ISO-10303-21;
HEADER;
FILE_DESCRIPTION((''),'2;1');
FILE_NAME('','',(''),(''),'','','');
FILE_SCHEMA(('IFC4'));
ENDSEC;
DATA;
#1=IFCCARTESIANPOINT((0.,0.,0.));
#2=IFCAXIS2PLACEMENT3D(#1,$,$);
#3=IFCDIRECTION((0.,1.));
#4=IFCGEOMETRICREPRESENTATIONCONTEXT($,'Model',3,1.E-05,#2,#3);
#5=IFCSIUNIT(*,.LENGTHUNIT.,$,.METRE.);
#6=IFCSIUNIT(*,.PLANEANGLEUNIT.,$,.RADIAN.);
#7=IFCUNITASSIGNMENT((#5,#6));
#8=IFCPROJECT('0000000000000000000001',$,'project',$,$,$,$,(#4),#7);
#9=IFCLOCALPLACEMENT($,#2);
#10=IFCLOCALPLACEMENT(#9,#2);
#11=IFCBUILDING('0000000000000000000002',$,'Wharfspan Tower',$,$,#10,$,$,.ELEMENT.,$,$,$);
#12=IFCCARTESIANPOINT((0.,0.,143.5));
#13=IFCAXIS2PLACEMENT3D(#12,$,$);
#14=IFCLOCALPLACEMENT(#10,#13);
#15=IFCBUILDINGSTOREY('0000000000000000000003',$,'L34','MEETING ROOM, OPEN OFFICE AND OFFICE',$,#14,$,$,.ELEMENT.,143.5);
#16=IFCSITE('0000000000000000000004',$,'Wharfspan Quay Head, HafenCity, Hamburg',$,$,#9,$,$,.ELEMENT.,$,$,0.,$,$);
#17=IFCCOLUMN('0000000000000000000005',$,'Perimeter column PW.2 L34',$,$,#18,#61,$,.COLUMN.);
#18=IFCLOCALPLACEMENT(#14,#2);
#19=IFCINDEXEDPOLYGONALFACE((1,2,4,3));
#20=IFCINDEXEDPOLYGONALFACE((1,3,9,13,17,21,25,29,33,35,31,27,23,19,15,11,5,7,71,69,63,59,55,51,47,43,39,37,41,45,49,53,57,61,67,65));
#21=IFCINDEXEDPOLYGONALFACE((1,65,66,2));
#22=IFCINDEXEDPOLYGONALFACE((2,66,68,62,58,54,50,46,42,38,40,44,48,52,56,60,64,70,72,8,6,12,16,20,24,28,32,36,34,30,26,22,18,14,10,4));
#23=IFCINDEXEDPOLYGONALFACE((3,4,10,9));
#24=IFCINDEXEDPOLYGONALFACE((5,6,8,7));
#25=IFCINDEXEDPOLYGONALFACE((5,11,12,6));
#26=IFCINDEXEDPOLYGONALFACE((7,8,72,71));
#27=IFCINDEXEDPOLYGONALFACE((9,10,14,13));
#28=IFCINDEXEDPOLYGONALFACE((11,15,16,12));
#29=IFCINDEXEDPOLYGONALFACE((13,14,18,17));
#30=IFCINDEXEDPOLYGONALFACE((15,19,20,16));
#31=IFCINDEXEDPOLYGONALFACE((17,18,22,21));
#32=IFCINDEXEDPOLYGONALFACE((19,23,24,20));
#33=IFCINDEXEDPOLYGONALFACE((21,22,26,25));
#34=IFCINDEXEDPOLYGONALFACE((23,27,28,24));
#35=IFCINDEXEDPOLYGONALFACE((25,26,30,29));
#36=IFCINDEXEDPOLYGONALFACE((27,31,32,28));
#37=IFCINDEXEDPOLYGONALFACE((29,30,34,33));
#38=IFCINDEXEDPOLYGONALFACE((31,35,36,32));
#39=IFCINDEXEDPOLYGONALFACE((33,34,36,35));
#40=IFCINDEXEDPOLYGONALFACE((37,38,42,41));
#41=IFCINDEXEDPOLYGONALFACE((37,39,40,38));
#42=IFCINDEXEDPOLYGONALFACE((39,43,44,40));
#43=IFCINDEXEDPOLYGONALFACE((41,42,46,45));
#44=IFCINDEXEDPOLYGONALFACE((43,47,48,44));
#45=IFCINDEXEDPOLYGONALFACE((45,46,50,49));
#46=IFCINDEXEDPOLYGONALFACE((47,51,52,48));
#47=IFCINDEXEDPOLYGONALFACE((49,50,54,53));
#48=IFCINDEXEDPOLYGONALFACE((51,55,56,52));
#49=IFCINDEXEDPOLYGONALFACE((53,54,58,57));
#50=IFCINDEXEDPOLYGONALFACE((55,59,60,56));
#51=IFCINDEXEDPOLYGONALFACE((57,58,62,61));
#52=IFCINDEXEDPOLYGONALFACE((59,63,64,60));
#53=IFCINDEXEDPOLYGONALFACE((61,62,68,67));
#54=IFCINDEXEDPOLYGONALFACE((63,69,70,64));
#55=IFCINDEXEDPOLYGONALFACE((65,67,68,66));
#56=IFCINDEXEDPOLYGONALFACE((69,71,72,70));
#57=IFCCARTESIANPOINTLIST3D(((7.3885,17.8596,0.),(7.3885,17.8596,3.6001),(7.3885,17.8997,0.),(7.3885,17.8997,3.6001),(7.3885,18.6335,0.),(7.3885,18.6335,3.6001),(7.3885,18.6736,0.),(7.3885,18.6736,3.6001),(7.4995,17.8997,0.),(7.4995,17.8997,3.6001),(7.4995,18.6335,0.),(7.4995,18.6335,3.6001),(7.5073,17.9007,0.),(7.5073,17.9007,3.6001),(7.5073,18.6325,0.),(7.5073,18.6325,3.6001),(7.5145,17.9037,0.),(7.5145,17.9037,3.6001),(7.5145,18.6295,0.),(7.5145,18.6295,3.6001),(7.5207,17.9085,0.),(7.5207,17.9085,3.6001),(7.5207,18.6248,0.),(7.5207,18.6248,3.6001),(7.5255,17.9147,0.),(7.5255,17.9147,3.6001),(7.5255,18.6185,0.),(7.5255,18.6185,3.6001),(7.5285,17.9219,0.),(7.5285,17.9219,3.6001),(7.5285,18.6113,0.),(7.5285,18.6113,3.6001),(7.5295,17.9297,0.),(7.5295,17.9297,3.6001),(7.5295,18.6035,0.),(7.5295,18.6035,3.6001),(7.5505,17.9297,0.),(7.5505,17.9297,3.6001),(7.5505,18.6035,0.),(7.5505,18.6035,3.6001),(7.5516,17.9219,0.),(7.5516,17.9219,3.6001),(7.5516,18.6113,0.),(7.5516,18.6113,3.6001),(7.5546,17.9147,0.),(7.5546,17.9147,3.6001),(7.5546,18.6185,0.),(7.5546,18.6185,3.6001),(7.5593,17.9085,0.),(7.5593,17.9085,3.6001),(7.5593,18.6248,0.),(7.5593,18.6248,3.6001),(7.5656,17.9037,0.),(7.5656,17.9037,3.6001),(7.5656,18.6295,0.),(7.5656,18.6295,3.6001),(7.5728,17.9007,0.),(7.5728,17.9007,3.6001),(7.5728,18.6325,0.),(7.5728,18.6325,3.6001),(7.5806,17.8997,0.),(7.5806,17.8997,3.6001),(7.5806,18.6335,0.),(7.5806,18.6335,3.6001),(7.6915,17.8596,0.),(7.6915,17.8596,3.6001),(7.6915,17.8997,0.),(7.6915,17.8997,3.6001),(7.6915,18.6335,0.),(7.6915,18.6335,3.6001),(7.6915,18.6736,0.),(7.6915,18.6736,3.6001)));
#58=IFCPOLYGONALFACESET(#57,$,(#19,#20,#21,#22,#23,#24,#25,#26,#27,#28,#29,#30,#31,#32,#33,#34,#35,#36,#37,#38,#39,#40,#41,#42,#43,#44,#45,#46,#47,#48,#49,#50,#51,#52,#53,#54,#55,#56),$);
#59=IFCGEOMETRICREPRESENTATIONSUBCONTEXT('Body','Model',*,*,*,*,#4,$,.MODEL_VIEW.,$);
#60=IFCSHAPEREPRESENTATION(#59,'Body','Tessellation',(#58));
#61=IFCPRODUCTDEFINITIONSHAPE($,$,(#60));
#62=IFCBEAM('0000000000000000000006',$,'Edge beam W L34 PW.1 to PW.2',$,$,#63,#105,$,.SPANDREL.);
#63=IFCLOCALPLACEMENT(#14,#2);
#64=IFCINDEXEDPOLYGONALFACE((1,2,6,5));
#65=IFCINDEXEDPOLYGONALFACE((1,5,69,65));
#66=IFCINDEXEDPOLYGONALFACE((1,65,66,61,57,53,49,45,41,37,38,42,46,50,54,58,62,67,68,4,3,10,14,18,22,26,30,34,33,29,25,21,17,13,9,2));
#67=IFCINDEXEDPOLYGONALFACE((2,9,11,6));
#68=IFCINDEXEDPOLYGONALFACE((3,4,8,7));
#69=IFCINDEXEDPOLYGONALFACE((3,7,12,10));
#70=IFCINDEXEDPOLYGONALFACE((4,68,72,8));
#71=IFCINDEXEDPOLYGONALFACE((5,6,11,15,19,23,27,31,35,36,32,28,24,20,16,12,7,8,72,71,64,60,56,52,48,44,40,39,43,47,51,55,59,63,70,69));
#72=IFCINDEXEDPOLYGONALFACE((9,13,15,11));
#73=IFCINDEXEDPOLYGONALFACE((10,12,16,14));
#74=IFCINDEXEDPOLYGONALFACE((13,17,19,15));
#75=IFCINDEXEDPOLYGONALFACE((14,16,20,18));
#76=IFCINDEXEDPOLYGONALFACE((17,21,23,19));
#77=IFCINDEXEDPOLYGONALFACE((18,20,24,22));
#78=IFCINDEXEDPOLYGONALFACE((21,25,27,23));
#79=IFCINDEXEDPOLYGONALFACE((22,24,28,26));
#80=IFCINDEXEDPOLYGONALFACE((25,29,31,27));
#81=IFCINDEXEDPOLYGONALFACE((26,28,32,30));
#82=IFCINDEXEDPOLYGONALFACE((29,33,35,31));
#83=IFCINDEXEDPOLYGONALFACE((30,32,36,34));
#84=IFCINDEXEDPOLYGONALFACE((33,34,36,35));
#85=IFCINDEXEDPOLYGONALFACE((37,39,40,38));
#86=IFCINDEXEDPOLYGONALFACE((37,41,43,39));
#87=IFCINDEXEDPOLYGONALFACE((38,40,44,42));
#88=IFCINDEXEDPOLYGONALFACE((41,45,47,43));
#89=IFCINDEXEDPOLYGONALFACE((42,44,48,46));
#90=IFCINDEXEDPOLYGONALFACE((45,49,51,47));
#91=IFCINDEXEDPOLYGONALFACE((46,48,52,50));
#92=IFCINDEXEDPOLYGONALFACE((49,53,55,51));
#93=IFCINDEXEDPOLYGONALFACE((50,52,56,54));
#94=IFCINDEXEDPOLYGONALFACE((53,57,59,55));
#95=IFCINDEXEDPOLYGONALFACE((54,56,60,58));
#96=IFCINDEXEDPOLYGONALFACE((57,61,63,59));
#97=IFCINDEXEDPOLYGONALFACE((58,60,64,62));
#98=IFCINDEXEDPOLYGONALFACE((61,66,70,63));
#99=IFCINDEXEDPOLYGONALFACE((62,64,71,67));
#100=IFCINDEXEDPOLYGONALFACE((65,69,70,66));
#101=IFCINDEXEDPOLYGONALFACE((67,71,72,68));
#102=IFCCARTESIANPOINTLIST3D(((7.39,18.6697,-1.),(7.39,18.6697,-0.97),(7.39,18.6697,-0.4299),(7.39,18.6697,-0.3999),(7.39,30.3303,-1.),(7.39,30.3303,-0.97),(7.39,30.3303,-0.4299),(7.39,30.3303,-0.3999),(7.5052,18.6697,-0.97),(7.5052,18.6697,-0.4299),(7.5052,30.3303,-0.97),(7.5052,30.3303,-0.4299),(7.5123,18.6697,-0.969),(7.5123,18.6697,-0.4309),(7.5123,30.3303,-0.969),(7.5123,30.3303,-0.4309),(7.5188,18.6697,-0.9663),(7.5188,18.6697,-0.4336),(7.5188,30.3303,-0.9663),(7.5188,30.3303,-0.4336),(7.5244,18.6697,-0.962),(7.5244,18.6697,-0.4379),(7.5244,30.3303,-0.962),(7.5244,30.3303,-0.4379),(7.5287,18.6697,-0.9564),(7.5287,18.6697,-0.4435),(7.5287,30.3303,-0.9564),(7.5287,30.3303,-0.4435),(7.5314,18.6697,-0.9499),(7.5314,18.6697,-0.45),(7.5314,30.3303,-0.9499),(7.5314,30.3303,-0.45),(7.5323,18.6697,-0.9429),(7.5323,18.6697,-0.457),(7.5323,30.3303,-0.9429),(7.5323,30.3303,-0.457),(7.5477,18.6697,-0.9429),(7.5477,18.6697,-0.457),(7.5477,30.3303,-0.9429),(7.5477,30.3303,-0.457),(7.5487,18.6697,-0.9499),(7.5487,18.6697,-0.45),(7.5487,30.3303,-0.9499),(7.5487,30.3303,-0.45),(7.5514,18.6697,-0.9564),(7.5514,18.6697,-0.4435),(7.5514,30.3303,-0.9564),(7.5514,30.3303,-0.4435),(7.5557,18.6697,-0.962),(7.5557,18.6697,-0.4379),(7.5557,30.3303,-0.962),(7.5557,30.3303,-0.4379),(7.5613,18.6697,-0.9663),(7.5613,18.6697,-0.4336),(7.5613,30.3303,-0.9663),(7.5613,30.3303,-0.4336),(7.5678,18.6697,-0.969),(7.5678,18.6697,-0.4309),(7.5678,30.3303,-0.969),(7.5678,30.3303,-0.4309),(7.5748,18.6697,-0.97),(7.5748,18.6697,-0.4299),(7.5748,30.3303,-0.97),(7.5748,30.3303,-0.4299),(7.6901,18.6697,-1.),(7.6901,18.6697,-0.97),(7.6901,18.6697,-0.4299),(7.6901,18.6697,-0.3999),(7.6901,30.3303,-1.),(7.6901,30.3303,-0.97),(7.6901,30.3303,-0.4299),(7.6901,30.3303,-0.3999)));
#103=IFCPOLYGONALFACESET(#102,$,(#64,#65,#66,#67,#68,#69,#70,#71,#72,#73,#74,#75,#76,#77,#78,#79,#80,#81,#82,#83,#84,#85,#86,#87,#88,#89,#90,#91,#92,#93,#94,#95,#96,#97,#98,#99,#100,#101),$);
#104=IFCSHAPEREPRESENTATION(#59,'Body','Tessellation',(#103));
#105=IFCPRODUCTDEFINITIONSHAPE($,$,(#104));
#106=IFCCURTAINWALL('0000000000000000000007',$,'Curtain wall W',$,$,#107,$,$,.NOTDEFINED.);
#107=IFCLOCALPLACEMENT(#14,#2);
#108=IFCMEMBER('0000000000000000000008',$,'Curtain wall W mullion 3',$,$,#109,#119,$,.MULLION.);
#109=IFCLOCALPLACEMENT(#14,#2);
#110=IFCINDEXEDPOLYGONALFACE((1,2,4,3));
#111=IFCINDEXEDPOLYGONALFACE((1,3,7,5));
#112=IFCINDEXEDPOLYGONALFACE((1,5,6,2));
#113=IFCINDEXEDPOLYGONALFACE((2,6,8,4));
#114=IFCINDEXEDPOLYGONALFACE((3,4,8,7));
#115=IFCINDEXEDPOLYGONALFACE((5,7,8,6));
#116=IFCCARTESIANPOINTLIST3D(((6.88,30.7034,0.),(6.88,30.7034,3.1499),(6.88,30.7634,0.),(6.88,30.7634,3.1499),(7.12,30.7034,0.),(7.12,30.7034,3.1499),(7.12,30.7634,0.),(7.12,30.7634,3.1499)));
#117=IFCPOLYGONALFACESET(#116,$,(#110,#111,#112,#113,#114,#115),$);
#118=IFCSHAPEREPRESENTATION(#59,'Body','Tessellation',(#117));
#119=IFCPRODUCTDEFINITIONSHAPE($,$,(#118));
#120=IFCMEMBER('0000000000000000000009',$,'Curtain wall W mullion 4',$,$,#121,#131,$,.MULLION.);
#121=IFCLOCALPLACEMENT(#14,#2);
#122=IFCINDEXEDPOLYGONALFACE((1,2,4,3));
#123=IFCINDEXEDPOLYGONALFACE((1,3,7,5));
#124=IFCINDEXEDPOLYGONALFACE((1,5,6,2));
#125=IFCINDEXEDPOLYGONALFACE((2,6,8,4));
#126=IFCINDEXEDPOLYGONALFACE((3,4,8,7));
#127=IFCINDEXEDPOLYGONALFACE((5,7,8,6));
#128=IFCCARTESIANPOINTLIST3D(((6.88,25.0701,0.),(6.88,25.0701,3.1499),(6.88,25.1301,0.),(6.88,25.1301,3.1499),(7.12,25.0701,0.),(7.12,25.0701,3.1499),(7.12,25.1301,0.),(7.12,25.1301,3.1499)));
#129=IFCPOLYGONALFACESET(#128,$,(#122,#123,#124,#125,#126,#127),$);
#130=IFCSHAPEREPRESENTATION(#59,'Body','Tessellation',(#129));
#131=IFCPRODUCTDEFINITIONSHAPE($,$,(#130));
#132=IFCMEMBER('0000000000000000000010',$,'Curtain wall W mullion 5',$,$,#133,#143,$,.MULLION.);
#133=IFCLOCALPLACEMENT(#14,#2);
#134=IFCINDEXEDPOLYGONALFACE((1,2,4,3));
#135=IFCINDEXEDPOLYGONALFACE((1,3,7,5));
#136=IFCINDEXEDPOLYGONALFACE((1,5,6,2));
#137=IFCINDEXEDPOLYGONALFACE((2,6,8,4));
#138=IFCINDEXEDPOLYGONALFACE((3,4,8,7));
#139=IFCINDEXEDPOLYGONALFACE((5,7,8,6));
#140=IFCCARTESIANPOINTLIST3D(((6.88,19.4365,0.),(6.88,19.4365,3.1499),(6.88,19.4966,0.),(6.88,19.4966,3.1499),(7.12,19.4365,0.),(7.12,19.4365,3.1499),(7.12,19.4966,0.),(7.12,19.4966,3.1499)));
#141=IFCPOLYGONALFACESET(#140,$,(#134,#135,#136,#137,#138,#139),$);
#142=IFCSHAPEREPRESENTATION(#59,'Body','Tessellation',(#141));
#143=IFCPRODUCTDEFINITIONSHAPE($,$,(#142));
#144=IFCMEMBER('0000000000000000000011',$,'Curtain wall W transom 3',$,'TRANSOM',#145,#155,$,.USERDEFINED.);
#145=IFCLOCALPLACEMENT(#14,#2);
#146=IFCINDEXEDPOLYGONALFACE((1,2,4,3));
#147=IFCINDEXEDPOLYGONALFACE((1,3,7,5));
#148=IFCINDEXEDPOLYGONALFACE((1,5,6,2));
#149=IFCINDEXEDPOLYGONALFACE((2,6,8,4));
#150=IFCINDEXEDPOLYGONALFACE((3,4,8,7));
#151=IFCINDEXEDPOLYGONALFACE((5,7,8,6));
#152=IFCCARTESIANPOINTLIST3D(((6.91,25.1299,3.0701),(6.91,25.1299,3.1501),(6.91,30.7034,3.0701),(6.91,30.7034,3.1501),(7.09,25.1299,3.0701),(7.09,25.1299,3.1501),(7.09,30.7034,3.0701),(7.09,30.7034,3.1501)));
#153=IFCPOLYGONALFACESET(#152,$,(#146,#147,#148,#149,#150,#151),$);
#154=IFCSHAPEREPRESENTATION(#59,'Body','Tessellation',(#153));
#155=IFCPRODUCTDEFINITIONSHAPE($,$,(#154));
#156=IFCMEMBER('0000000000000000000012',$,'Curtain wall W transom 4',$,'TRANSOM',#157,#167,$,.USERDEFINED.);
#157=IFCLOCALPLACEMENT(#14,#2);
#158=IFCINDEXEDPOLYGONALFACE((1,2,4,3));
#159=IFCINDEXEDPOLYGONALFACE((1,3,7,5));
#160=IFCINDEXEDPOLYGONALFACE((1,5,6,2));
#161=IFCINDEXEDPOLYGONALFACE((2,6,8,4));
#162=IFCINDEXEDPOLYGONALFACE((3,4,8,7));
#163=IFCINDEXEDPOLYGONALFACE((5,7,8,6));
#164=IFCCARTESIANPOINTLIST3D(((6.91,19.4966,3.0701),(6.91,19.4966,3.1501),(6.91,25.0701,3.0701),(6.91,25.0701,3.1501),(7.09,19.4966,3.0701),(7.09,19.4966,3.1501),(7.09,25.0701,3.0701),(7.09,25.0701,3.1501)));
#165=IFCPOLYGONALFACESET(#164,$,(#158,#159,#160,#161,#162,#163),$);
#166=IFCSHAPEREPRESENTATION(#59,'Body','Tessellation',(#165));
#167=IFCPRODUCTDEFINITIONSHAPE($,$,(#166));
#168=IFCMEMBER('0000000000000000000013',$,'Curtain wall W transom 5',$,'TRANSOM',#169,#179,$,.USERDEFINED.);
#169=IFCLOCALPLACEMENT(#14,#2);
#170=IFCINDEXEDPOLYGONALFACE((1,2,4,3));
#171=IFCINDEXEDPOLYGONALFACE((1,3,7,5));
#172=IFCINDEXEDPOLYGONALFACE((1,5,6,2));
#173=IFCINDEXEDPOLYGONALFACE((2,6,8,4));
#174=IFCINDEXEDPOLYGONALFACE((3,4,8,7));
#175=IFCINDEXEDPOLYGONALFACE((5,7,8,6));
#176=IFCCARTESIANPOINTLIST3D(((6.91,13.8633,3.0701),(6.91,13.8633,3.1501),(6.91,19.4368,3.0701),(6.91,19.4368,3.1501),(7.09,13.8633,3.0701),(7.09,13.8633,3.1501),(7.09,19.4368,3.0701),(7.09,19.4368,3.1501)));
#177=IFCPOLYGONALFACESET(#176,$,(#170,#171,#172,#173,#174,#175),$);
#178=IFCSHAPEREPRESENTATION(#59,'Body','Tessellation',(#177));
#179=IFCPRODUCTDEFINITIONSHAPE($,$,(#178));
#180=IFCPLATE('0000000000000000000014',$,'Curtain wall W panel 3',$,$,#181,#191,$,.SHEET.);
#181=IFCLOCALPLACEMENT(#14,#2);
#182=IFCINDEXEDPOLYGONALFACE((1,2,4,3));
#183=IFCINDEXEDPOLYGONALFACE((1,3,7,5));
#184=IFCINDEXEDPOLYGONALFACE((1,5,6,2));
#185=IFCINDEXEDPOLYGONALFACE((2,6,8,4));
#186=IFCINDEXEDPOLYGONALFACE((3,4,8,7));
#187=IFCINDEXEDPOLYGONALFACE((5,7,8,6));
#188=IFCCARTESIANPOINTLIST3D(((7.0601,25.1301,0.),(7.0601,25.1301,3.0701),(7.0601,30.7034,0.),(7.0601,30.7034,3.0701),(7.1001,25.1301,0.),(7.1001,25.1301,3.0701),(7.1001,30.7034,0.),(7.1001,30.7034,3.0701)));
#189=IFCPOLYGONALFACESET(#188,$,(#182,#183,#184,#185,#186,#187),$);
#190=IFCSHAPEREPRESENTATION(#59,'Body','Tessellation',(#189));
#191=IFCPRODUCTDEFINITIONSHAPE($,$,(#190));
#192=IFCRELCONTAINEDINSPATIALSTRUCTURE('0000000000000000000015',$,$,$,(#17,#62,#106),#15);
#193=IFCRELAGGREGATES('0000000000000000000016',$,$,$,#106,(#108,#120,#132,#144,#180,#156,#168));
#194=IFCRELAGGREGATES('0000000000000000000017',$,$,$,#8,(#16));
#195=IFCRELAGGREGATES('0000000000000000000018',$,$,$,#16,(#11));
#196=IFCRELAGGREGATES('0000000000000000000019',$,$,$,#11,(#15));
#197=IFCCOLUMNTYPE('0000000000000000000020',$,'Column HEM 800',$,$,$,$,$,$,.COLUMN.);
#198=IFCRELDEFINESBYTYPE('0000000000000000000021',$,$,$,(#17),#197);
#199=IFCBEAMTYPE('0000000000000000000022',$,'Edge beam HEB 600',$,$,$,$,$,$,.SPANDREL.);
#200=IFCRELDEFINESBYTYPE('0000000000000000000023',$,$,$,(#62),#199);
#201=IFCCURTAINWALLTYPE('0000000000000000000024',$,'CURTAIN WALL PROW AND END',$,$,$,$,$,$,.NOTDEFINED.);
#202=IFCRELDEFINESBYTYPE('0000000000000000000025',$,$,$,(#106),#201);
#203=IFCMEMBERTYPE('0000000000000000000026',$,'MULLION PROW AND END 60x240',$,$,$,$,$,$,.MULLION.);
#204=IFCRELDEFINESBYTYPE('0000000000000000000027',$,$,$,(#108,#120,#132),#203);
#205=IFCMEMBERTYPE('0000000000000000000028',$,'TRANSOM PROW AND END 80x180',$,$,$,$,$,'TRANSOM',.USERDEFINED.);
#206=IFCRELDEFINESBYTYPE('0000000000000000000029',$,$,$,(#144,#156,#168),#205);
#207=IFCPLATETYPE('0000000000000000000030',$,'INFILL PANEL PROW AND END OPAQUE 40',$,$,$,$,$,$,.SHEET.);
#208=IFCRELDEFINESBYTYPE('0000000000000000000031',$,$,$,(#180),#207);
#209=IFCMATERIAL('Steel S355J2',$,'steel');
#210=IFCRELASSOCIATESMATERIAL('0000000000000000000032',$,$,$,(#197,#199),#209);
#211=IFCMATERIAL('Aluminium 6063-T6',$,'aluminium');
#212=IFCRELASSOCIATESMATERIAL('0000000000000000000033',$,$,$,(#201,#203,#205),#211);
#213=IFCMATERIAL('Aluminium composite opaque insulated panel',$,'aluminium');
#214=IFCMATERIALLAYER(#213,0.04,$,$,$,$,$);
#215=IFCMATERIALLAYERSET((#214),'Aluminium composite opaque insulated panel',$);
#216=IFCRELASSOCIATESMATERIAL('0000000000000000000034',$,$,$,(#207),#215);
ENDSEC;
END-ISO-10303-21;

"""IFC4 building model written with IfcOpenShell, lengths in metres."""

from ifc_helpers import new_model, si_unit, direction, frame, origin, origin_2d, place, context, subcontext, project, spatial, rectangle, i_section, extrude, material, layer, layer_set, material_profile, profile_set, type_object, element, aggregate, save


model = new_model("IFC4")

# Units and contexts
model_context = context("Model", 3, precision=1e-05, world=origin(), true_north=direction((0.0, 1.0)))
body_context = subcontext(model_context, "Body", "Model", "MODEL_VIEW")
ifc_project = project(units=[si_unit("LENGTHUNIT", "METRE"), si_unit("PLANEANGLEUNIT", "RADIAN")], contexts=[model_context])

# Site, building, storey
site_placement = place(None, origin())
site = spatial("IfcSite", under=ifc_project, at=site_placement, Name="Wharfspan Quay Head, HafenCity, Hamburg", CompositionType="ELEMENT", RefElevation=0.0)
building_placement = place(site_placement, origin())
building = spatial("IfcBuilding", under=site, at=building_placement, Name="Wharfspan Tower", CompositionType="ELEMENT")
storey_placement = place(building_placement, frame((0.0, 0.0, 143.5)))
storey = spatial("IfcBuildingStorey", under=building, at=storey_placement, Name="L34", Description="MEETING ROOM, OPEN OFFICE AND OFFICE", CompositionType="ELEMENT", Elevation=143.5)

# Column
ifc_material_1 = material(Name="Steel S355J2", Category="steel")
ifc_material_profile_1 = material_profile(ifc_material_1, i_section(OverallWidth=0.303, OverallDepth=0.814, WebThickness=0.021, FlangeThickness=0.04, FilletRadius=0.03, at=origin_2d()))
ifc_profile_set_1 = profile_set([ifc_material_profile_1], Name="Steel S355J2")
column_type = type_object("IfcColumnType", Name="Column HEM 800", PredefinedType="COLUMN", material=ifc_profile_set_1)
column_placement = place(storey_placement, frame((7.54, 18.2666, 0.0), z_axis=(0.0, 0.0, 1.0), x_axis=(-1.0, 0.0, 0.0)))
element("IfcColumn", 1, at=column_placement, inside=storey, type_object=column_type, Name="Perimeter column PW.2 L34", PredefinedType="COLUMN", context=body_context, shape_type="SweptSolid", body=[
    extrude(i_section(OverallWidth=0.303, OverallDepth=0.814, WebThickness=0.021, FlangeThickness=0.04, FilletRadius=0.03, at=origin_2d()), origin(), (0.0, 0.0, 1.0), 3.6001),
])

# Beam
ifc_material_profile_2 = material_profile(ifc_material_1, i_section(OverallWidth=0.3, OverallDepth=0.6001, WebThickness=0.0154, FlangeThickness=0.03, FilletRadius=0.0271, at=origin_2d()))
ifc_profile_set_2 = profile_set([ifc_material_profile_2], Name="Steel S355J2")
beam_type = type_object("IfcBeamType", Name="Edge beam HEB 600", PredefinedType="SPANDREL", material=ifc_profile_set_2)
beam_placement = place(storey_placement, frame((7.54, 30.3303, -0.7), z_axis=(0.0, -1.0, 0.0), x_axis=(1.0, 0.0, 0.0)))
element("IfcBeam", 2, at=beam_placement, inside=storey, type_object=beam_type, Name="Edge beam W L34 PW.1 to PW.2", PredefinedType="SPANDREL", context=body_context, shape_type="SweptSolid", body=[
    extrude(i_section(OverallWidth=0.3, OverallDepth=0.6001, WebThickness=0.0154, FlangeThickness=0.03, FilletRadius=0.0271, at=origin_2d()), origin(), (0.0, 0.0, 1.0), 11.6606),
])

# Curtain wall, members, plate
ifc_material_2 = material(Name="Aluminium 6063-T6", Category="aluminium")
curtain_wall_type = type_object("IfcCurtainWallType", Name="CURTAIN WALL PROW AND END", PredefinedType="NOTDEFINED", material=ifc_material_2)
curtain_wall_placement = place(storey_placement, origin())
curtain_wall = element("IfcCurtainWall", 3, at=curtain_wall_placement, inside=storey, type_object=curtain_wall_type, Name="Curtain wall W", PredefinedType="NOTDEFINED")
ifc_material_profile_3 = material_profile(ifc_material_2, rectangle(XDim=0.24, YDim=0.0601, at=origin_2d()))
ifc_profile_set_3 = profile_set([ifc_material_profile_3], Name="Aluminium 6063-T6")
member_type_1 = type_object("IfcMemberType", Name="MULLION PROW AND END 60x240", PredefinedType="MULLION", material=ifc_profile_set_3)
member_1_placement = place(storey_placement, frame((7.0, 30.7334, 0.0), z_axis=(0.0, 0.0, 1.0), x_axis=(1.0, 0.0, 0.0)))
member_1 = element("IfcMember", 4, at=member_1_placement, type_object=member_type_1, Name="Curtain wall W mullion 3", PredefinedType="MULLION", context=body_context, shape_type="SweptSolid", body=[
    extrude(rectangle(XDim=0.24, YDim=0.0601, at=origin_2d()), origin(), (0.0, 0.0, 1.0), 3.1499),
])
member_2_placement = place(storey_placement, frame((7.0, 25.1001, 0.0), z_axis=(0.0, 0.0, 1.0), x_axis=(1.0, 0.0, 0.0)))
member_2 = element("IfcMember", 5, at=member_2_placement, type_object=member_type_1, Name="Curtain wall W mullion 4", PredefinedType="MULLION", context=body_context, shape_type="SweptSolid", body=[
    extrude(rectangle(XDim=0.24, YDim=0.0601, at=origin_2d()), origin(), (0.0, 0.0, 1.0), 3.1499),
])
member_3_placement = place(storey_placement, frame((7.0, 19.4666, 0.0), z_axis=(0.0, 0.0, 1.0), x_axis=(1.0, 0.0, 0.0)))
member_3 = element("IfcMember", 6, at=member_3_placement, type_object=member_type_1, Name="Curtain wall W mullion 5", PredefinedType="MULLION", context=body_context, shape_type="SweptSolid", body=[
    extrude(rectangle(XDim=0.24, YDim=0.0601, at=origin_2d()), origin(), (0.0, 0.0, 1.0), 3.1499),
])
ifc_material_profile_4 = material_profile(ifc_material_2, rectangle(XDim=0.1799, YDim=0.0801, at=origin_2d()))
ifc_profile_set_4 = profile_set([ifc_material_profile_4], Name="Aluminium 6063-T6")
member_type_2 = type_object("IfcMemberType", Name="TRANSOM PROW AND END 80x180", ElementType="TRANSOM", PredefinedType="USERDEFINED", material=ifc_profile_set_4)
member_4_placement = place(storey_placement, frame((7.0, 30.7034, 3.1101), z_axis=(0.0, -1.0, 0.0), x_axis=(1.0, 0.0, 0.0)))
member_4 = element("IfcMember", 7, at=member_4_placement, type_object=member_type_2, Name="Curtain wall W transom 3", ObjectType="TRANSOM", PredefinedType="USERDEFINED", context=body_context, shape_type="SweptSolid", body=[
    extrude(rectangle(XDim=0.1799, YDim=0.0801, at=origin_2d()), origin(), (0.0, 0.0, 1.0), 5.5735),
])
member_5_placement = place(storey_placement, frame((7.0, 25.0701, 3.1101), z_axis=(0.0, -1.0, 0.0), x_axis=(1.0, 0.0, 0.0)))
member_5 = element("IfcMember", 8, at=member_5_placement, type_object=member_type_2, Name="Curtain wall W transom 4", ObjectType="TRANSOM", PredefinedType="USERDEFINED", context=body_context, shape_type="SweptSolid", body=[
    extrude(rectangle(XDim=0.1799, YDim=0.0801, at=origin_2d()), origin(), (0.0, 0.0, 1.0), 5.5735),
])
member_6_placement = place(storey_placement, frame((7.0, 19.4368, 3.1101), z_axis=(0.0, -1.0, 0.0), x_axis=(1.0, 0.0, 0.0)))
member_6 = element("IfcMember", 9, at=member_6_placement, type_object=member_type_2, Name="Curtain wall W transom 5", ObjectType="TRANSOM", PredefinedType="USERDEFINED", context=body_context, shape_type="SweptSolid", body=[
    extrude(rectangle(XDim=0.1799, YDim=0.0801, at=origin_2d()), origin(), (0.0, 0.0, 1.0), 5.5735),
])
ifc_material_3 = material(Name="Aluminium composite opaque insulated panel", Category="aluminium")
ifc_layer_1 = layer(ifc_material_3, 0.04)
ifc_layer_set_1 = layer_set([ifc_layer_1], Name="Aluminium composite opaque insulated panel")
plate_type = type_object("IfcPlateType", Name="INFILL PANEL PROW AND END OPAQUE 40", PredefinedType="SHEET", material=ifc_layer_set_1)
plate_1_placement = place(storey_placement, frame((7.0801, 27.9167, 0.0), z_axis=(0.0, 0.0, 1.0), x_axis=(0.0, -1.0, 0.0)))
plate_1 = element("IfcPlate", 10, at=plate_1_placement, type_object=plate_type, Name="Curtain wall W panel 3", PredefinedType="SHEET", context=body_context, shape_type="SweptSolid", body=[
    extrude(rectangle(XDim=5.5732, YDim=0.04, at=origin_2d()), origin(), (0.0, 0.0, 1.0), 3.0701),
])
aggregate(curtain_wall, [member_1, member_2, member_3, member_4, plate_1, member_5, member_6])

save(model, "model.ifc")
